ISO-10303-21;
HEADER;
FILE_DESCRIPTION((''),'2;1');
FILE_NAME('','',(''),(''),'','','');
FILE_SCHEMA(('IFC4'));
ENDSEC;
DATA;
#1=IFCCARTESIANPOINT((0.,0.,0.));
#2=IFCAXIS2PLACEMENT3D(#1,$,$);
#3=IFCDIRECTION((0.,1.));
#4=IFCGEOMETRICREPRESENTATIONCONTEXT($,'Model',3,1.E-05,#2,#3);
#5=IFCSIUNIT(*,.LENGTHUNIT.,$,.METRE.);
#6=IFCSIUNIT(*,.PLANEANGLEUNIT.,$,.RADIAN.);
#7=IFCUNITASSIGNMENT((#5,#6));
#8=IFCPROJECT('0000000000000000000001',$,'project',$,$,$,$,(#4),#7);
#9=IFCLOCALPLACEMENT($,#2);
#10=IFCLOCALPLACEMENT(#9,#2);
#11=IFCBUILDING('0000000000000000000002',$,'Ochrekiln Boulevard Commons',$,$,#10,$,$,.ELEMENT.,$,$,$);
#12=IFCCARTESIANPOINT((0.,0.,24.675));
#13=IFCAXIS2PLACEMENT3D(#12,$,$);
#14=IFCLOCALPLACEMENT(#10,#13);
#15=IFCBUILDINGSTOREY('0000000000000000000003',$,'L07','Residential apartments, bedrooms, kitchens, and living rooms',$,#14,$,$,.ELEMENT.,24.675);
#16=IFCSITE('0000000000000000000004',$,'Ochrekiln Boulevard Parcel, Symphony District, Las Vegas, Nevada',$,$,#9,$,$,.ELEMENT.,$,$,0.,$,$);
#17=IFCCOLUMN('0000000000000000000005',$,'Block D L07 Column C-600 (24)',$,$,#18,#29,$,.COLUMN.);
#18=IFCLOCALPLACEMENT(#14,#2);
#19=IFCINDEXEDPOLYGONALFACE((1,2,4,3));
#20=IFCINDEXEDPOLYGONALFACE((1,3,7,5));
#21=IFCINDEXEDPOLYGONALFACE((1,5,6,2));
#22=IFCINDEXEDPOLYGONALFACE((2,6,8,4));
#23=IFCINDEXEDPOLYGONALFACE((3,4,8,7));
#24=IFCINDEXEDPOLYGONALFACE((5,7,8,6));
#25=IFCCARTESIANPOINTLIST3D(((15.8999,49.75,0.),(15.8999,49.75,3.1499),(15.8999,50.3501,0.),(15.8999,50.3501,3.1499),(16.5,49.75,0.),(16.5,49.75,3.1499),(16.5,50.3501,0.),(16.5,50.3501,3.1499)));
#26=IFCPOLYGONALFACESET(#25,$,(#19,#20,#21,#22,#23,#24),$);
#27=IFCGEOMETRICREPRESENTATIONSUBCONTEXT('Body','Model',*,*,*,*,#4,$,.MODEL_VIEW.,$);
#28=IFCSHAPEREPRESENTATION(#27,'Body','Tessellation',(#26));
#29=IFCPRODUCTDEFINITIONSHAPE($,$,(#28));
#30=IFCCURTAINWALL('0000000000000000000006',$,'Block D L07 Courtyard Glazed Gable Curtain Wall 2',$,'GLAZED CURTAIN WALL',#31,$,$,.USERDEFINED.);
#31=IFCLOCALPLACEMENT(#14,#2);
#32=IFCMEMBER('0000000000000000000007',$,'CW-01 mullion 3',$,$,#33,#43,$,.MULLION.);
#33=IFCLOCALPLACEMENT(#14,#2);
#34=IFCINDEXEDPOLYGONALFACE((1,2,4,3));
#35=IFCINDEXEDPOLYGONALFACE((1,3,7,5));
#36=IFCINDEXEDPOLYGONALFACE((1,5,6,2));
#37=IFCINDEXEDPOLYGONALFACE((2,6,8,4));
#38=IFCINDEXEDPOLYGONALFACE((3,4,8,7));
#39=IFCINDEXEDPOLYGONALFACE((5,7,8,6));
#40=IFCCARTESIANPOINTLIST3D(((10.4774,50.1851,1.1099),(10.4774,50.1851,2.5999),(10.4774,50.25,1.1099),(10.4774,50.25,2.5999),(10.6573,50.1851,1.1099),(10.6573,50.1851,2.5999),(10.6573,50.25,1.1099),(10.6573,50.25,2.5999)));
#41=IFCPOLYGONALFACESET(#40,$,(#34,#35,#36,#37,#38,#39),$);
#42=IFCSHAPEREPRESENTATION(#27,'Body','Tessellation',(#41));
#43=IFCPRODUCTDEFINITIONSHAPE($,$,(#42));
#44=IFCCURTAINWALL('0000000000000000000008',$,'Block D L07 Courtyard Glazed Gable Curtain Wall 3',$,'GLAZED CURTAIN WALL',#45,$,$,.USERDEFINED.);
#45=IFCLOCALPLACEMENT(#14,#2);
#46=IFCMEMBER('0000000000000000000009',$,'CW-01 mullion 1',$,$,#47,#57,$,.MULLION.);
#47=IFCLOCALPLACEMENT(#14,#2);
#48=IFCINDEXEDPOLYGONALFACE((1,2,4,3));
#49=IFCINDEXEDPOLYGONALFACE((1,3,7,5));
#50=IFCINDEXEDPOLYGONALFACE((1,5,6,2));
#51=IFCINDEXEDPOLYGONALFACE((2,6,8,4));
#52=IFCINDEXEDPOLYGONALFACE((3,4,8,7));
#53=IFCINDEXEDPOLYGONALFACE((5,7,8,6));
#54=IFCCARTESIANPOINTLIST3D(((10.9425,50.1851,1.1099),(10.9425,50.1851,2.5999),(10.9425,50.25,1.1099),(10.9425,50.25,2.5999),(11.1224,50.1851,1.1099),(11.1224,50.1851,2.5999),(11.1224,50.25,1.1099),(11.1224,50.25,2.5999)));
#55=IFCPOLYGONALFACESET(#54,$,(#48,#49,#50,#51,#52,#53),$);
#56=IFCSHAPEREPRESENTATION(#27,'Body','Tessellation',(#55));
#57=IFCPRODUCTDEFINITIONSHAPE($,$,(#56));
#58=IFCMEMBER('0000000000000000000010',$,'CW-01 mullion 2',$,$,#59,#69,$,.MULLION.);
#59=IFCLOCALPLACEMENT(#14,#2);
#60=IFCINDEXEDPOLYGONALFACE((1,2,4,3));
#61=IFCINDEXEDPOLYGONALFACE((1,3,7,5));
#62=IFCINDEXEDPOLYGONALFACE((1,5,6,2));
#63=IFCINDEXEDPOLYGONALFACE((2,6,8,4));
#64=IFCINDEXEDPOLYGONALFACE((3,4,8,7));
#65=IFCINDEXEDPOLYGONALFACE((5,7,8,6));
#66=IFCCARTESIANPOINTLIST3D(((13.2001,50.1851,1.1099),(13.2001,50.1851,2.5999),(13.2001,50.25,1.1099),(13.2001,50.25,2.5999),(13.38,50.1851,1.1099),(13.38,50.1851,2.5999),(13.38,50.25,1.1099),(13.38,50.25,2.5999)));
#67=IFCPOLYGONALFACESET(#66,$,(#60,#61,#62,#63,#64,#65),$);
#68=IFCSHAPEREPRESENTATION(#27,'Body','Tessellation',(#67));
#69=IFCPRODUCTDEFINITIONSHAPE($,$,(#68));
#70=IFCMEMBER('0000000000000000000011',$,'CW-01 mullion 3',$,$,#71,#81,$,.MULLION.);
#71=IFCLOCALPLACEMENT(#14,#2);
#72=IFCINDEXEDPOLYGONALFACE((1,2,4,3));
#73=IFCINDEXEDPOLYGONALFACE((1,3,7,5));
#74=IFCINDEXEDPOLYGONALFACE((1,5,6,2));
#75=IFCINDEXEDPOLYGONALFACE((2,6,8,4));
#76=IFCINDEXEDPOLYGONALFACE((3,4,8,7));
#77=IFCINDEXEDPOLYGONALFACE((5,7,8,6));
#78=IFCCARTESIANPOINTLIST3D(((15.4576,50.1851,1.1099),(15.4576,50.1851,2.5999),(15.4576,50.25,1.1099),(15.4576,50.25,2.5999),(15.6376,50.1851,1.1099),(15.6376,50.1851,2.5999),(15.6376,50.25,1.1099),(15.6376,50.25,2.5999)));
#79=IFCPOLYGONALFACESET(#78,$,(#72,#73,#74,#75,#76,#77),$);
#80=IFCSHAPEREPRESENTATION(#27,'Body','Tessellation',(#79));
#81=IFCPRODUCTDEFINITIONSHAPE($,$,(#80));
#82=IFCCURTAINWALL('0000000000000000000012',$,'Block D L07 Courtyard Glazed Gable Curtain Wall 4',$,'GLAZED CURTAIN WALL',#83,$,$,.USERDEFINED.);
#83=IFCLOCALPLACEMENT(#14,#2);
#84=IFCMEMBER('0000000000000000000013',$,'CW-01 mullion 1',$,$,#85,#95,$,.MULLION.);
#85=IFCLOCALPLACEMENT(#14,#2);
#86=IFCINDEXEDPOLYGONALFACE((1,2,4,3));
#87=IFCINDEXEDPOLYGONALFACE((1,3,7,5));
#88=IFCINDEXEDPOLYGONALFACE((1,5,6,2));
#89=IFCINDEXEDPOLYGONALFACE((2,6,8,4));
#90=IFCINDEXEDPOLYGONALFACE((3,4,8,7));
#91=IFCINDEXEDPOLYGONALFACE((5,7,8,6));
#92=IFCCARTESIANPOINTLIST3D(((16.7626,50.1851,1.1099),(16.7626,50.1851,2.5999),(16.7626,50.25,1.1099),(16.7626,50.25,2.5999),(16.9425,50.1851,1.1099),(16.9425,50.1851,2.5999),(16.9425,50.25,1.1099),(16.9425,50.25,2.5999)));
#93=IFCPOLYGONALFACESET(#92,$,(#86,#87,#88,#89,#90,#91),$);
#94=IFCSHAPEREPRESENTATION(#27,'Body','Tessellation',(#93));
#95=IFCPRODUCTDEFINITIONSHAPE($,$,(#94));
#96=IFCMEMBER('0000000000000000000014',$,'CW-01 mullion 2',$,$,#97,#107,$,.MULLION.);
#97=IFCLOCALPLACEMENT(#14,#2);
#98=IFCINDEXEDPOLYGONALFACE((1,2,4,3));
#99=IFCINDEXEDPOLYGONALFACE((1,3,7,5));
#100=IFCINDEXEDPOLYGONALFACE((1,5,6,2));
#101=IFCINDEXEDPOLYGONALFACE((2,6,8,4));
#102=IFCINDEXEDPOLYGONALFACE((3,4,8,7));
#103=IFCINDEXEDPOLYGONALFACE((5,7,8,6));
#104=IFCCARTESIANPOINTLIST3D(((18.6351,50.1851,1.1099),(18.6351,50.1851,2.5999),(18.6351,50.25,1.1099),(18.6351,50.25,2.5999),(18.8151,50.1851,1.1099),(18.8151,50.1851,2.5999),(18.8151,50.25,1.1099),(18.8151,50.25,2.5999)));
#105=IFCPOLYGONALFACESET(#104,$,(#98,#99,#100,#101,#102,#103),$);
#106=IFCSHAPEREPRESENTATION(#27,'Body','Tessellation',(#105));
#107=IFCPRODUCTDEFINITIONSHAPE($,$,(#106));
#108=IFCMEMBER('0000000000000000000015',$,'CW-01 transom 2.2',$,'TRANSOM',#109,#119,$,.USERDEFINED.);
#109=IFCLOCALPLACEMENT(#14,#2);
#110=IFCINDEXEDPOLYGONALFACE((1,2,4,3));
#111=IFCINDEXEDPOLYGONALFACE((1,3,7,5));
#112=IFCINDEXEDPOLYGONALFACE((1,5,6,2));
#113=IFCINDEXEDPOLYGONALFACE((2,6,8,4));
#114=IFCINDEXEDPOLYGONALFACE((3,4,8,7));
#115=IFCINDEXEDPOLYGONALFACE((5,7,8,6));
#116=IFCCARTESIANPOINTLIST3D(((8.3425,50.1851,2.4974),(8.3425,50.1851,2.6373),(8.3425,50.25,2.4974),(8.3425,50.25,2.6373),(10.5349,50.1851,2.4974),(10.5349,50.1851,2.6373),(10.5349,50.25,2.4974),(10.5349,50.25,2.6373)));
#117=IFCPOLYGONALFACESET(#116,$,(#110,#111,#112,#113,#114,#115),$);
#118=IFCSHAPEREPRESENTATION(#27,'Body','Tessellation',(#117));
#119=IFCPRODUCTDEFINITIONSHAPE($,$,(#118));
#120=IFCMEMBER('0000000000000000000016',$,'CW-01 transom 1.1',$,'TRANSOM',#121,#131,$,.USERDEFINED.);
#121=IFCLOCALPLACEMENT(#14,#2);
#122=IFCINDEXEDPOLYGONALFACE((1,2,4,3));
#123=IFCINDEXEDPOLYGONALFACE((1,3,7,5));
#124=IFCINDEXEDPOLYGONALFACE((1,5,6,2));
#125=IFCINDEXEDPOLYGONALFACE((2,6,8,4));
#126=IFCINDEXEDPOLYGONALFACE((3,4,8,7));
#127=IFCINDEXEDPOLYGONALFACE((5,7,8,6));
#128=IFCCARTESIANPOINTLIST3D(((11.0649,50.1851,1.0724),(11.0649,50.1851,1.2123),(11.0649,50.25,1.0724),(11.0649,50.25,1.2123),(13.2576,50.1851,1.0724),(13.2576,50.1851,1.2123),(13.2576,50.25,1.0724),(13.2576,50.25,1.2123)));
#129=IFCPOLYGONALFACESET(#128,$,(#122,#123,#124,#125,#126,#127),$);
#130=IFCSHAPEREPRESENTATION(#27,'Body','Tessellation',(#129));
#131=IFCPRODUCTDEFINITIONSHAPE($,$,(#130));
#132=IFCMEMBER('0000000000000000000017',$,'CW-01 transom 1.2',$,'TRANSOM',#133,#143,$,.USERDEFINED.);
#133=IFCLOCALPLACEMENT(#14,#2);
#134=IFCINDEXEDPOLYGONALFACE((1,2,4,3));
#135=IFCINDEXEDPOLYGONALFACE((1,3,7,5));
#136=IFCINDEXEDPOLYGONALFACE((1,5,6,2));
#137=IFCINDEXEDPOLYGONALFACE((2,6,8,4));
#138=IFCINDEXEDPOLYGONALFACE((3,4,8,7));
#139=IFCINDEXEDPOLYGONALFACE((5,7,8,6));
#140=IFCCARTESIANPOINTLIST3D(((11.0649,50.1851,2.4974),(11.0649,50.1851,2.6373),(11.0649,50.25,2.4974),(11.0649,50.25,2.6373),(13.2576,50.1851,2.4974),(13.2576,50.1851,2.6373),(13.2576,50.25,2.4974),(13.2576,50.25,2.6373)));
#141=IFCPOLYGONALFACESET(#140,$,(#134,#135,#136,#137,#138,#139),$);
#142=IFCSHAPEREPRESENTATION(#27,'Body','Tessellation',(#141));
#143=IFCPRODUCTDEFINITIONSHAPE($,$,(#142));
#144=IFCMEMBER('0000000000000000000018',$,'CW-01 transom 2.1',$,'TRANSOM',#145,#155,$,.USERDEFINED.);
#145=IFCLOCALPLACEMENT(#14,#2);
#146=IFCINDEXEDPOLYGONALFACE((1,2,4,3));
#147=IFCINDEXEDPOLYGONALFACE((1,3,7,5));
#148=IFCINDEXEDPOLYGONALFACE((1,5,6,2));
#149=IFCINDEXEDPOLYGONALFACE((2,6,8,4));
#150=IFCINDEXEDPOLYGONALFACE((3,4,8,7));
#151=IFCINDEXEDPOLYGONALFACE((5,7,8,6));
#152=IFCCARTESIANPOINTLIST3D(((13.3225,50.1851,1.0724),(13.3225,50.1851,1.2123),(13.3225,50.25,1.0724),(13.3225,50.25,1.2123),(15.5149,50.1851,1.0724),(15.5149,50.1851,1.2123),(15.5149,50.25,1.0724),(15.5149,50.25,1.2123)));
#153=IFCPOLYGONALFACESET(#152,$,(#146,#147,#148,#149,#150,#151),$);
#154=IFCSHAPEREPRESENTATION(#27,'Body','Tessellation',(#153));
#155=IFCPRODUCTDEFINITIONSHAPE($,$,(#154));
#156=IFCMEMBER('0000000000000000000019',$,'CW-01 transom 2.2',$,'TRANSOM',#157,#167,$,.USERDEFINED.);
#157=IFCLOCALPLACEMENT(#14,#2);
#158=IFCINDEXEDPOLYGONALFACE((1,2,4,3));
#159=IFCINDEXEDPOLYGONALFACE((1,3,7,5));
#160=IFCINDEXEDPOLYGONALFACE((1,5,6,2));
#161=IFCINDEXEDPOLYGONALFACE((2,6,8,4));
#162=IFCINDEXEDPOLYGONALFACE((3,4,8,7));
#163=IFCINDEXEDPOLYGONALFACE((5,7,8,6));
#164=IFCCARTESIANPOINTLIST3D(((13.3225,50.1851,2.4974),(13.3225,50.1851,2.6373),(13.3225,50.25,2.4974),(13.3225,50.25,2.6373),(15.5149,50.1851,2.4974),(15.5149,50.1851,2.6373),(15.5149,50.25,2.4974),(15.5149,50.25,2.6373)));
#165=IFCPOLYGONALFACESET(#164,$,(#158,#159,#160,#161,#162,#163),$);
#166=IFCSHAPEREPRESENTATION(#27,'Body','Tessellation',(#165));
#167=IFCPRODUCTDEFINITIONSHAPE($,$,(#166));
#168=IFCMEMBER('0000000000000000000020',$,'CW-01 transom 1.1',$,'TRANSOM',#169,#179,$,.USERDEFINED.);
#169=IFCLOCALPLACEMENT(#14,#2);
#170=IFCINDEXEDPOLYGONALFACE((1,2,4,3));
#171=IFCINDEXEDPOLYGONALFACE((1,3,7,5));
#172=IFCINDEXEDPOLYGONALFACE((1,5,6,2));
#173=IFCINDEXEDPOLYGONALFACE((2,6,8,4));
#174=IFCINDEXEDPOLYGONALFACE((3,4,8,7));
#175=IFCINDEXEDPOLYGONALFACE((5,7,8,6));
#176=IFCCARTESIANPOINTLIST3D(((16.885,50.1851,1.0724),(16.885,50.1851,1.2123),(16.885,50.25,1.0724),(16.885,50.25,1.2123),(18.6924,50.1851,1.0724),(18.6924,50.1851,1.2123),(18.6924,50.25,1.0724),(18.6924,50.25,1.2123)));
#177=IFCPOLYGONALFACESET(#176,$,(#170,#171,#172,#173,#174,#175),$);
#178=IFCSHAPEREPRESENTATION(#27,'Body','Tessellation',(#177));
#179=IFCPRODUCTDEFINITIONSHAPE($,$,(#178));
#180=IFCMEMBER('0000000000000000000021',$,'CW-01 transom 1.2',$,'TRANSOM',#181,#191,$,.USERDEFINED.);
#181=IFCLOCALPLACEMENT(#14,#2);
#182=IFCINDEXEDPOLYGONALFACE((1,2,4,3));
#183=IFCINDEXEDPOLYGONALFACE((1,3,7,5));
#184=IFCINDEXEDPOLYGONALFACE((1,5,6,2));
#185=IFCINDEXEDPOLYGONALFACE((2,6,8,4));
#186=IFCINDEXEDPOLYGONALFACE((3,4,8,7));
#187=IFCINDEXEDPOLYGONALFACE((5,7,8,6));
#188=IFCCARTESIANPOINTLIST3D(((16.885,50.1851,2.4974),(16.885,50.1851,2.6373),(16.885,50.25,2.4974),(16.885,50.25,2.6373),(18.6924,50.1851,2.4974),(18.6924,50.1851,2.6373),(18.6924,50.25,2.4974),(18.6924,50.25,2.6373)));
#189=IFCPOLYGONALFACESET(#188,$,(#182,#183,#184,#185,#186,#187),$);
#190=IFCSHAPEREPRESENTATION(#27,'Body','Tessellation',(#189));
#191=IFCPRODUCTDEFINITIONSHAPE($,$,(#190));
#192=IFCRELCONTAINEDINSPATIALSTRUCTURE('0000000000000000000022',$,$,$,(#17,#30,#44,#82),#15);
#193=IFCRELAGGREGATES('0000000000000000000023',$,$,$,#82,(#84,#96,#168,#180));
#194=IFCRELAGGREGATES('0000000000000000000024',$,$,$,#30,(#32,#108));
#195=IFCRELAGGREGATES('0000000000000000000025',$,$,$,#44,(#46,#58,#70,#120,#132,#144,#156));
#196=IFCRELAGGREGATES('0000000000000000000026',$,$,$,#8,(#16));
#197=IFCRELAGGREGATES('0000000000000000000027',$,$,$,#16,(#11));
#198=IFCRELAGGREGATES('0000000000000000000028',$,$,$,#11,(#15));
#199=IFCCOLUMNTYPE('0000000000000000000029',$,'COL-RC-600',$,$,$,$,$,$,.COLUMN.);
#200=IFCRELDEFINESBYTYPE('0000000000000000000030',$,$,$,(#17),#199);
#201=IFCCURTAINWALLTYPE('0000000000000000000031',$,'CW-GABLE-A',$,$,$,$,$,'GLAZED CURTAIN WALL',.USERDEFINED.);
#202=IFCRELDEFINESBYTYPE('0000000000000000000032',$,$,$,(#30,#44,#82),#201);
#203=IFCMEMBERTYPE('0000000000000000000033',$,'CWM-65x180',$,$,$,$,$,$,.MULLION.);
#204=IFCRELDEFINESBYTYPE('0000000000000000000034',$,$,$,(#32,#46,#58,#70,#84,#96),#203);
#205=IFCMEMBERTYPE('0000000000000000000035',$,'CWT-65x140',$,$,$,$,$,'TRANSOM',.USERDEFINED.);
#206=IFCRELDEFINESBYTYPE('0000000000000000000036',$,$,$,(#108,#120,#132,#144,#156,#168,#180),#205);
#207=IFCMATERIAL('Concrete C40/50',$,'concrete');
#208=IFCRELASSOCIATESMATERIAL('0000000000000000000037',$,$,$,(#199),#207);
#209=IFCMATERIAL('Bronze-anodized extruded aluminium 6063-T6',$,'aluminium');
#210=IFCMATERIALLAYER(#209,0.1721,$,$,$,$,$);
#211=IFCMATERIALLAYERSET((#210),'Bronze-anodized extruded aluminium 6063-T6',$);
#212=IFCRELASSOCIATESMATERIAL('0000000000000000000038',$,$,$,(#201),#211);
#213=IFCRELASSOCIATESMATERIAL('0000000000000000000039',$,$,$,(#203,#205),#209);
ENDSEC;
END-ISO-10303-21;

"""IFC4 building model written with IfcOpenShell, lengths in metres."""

from ifc_helpers import new_model, si_unit, direction, frame, origin, origin_2d, place, context, subcontext, project, spatial, rectangle, extrude, material, layer, layer_set, material_profile, profile_set, type_object, element, aggregate, save


model = new_model("IFC4")

# Units and contexts
model_context = context("Model", 3, precision=1e-05, world=origin(), true_north=direction((0.0, 1.0)))
body_context = subcontext(model_context, "Body", "Model", "MODEL_VIEW")
ifc_project = project(units=[si_unit("LENGTHUNIT", "METRE"), si_unit("PLANEANGLEUNIT", "RADIAN")], contexts=[model_context])

# Site, building, storey
site_placement = place(None, origin())
site = spatial("IfcSite", under=ifc_project, at=site_placement, Name="Ochrekiln Boulevard Parcel, Symphony District, Las Vegas, Nevada", CompositionType="ELEMENT", RefElevation=0.0)
building_placement = place(site_placement, origin())
building = spatial("IfcBuilding", under=site, at=building_placement, Name="Ochrekiln Boulevard Commons", CompositionType="ELEMENT")
storey_placement = place(building_placement, frame((0.0, 0.0, 24.675)))
storey = spatial("IfcBuildingStorey", under=building, at=storey_placement, Name="L07", Description="Residential apartments, bedrooms, kitchens, and living rooms", CompositionType="ELEMENT", Elevation=24.675)

# Column
ifc_material_1 = material(Name="Concrete C40/50", Category="concrete")
ifc_material_profile_1 = material_profile(ifc_material_1, rectangle(XDim=0.6001, YDim=0.6001, at=origin_2d()), Name="RC-COL-600x600")
ifc_profile_set_1 = profile_set([ifc_material_profile_1], Name="Concrete C40/50")
column_type = type_object("IfcColumnType", Name="COL-RC-600", PredefinedType="COLUMN", material=ifc_profile_set_1)
column_placement = place(storey_placement, frame((16.2, 50.05, 0.0), z_axis=(0.0, 0.0, 1.0), x_axis=(1.0, 0.0, 0.0)))
element("IfcColumn", 1, at=column_placement, inside=storey, type_object=column_type, Name="Block D L07 Column C-600 (24)", PredefinedType="COLUMN", context=body_context, shape_type="SweptSolid", body=[
    extrude(rectangle(XDim=0.6001, YDim=0.6001, at=origin_2d()), origin(), (0.0, 0.0, 1.0), 3.1499),
])

# Curtain wall, member
ifc_material_2 = material(Name="Bronze-anodized extruded aluminium 6063-T6", Category="aluminium")
ifc_layer_1 = layer(ifc_material_2, 0.1721)
ifc_layer_set_1 = layer_set([ifc_layer_1], Name="Bronze-anodized extruded aluminium 6063-T6")
curtain_wall_type = type_object("IfcCurtainWallType", Name="CW-GABLE-A", ElementType="GLAZED CURTAIN WALL", PredefinedType="USERDEFINED", material=ifc_layer_set_1)
curtain_wall_1_placement = place(storey_placement, origin())
curtain_wall_1 = element("IfcCurtainWall", 2, at=curtain_wall_1_placement, inside=storey, type_object=curtain_wall_type, Name="Block D L07 Courtyard Glazed Gable Curtain Wall 2", ObjectType="GLAZED CURTAIN WALL", PredefinedType="USERDEFINED")
ifc_material_profile_2 = material_profile(ifc_material_2, rectangle(XDim=0.0649, YDim=0.1799, at=origin_2d()), Name="ALU-MUL-65x180")
ifc_profile_set_2 = profile_set([ifc_material_profile_2], Name="Bronze-anodized extruded aluminium 6063-T6")
member_type_1 = type_object("IfcMemberType", Name="CWM-65x180", PredefinedType="MULLION", material=ifc_profile_set_2)
member_1_placement = place(storey_placement, frame((10.5674, 50.2175, 1.1099), z_axis=(0.0, 0.0, 1.0), x_axis=(0.0, 1.0, 0.0)))
member_1 = element("IfcMember", 3, at=member_1_placement, type_object=member_type_1, Name="CW-01 mullion 3", PredefinedType="MULLION", context=body_context, shape_type="SweptSolid", body=[
    extrude(rectangle(XDim=0.0649, YDim=0.1799, at=origin_2d()), origin(), (0.0, 0.0, 1.0), 1.49),
])

# Curtain walls, members
curtain_wall_2_placement = place(storey_placement, origin())
curtain_wall_2 = element("IfcCurtainWall", 4, at=curtain_wall_2_placement, inside=storey, type_object=curtain_wall_type, Name="Block D L07 Courtyard Glazed Gable Curtain Wall 3", ObjectType="GLAZED CURTAIN WALL", PredefinedType="USERDEFINED")
member_2_placement = place(storey_placement, frame((11.0325, 50.2175, 1.1099), z_axis=(0.0, 0.0, 1.0), x_axis=(0.0, 1.0, 0.0)))
member_2 = element("IfcMember", 5, at=member_2_placement, type_object=member_type_1, Name="CW-01 mullion 1", PredefinedType="MULLION", context=body_context, shape_type="SweptSolid", body=[
    extrude(rectangle(XDim=0.0649, YDim=0.1799, at=origin_2d()), origin(), (0.0, 0.0, 1.0), 1.49),
])
member_3_placement = place(storey_placement, frame((13.29, 50.2175, 1.1099), z_axis=(0.0, 0.0, 1.0), x_axis=(0.0, 1.0, 0.0)))
member_3 = element("IfcMember", 6, at=member_3_placement, type_object=member_type_1, Name="CW-01 mullion 2", PredefinedType="MULLION", context=body_context, shape_type="SweptSolid", body=[
    extrude(rectangle(XDim=0.0649, YDim=0.1799, at=origin_2d()), origin(), (0.0, 0.0, 1.0), 1.49),
])
member_4_placement = place(storey_placement, frame((15.5476, 50.2175, 1.1099), z_axis=(0.0, 0.0, 1.0), x_axis=(0.0, 1.0, 0.0)))
member_4 = element("IfcMember", 7, at=member_4_placement, type_object=member_type_1, Name="CW-01 mullion 3", PredefinedType="MULLION", context=body_context, shape_type="SweptSolid", body=[
    extrude(rectangle(XDim=0.0649, YDim=0.1799, at=origin_2d()), origin(), (0.0, 0.0, 1.0), 1.49),
])
curtain_wall_3_placement = place(storey_placement, origin())
curtain_wall_3 = element("IfcCurtainWall", 8, at=curtain_wall_3_placement, inside=storey, type_object=curtain_wall_type, Name="Block D L07 Courtyard Glazed Gable Curtain Wall 4", ObjectType="GLAZED CURTAIN WALL", PredefinedType="USERDEFINED")
member_5_placement = place(storey_placement, frame((16.8525, 50.2175, 1.1099), z_axis=(0.0, 0.0, 1.0), x_axis=(0.0, 1.0, 0.0)))
member_5 = element("IfcMember", 9, at=member_5_placement, type_object=member_type_1, Name="CW-01 mullion 1", PredefinedType="MULLION", context=body_context, shape_type="SweptSolid", body=[
    extrude(rectangle(XDim=0.0649, YDim=0.1799, at=origin_2d()), origin(), (0.0, 0.0, 1.0), 1.49),
])
member_6_placement = place(storey_placement, frame((18.7251, 50.2175, 1.1099), z_axis=(0.0, 0.0, 1.0), x_axis=(0.0, 1.0, 0.0)))
member_6 = element("IfcMember", 10, at=member_6_placement, type_object=member_type_1, Name="CW-01 mullion 2", PredefinedType="MULLION", context=body_context, shape_type="SweptSolid", body=[
    extrude(rectangle(XDim=0.0649, YDim=0.1799, at=origin_2d()), origin(), (0.0, 0.0, 1.0), 1.49),
])

# Members
ifc_material_profile_3 = material_profile(ifc_material_2, rectangle(XDim=0.0649, YDim=0.1399, at=origin_2d()), Name="ALU-TRN-65x140")
ifc_profile_set_3 = profile_set([ifc_material_profile_3], Name="Bronze-anodized extruded aluminium 6063-T6")
member_type_2 = type_object("IfcMemberType", Name="CWT-65x140", ElementType="TRANSOM", PredefinedType="USERDEFINED", material=ifc_profile_set_3)
member_7_placement = place(storey_placement, frame((8.3425, 50.2175, 2.5674), z_axis=(1.0, 0.0, 0.0), x_axis=(0.0, 1.0, 0.0)))
member_7 = element("IfcMember", 11, at=member_7_placement, type_object=member_type_2, Name="CW-01 transom 2.2", ObjectType="TRANSOM", PredefinedType="USERDEFINED", context=body_context, shape_type="SweptSolid", body=[
    extrude(rectangle(XDim=0.0649, YDim=0.1399, at=origin_2d()), origin(), (0.0, 0.0, 1.0), 2.1924),
])
member_8_placement = place(storey_placement, frame((11.0649, 50.2175, 1.1423), z_axis=(1.0, 0.0, 0.0), x_axis=(0.0, 1.0, 0.0)))
member_8 = element("IfcMember", 12, at=member_8_placement, type_object=member_type_2, Name="CW-01 transom 1.1", ObjectType="TRANSOM", PredefinedType="USERDEFINED", context=body_context, shape_type="SweptSolid", body=[
    extrude(rectangle(XDim=0.0649, YDim=0.1399, at=origin_2d()), origin(), (0.0, 0.0, 1.0), 2.1926),
])
member_9_placement = place(storey_placement, frame((11.0649, 50.2175, 2.5674), z_axis=(1.0, 0.0, 0.0), x_axis=(0.0, 1.0, 0.0)))
member_9 = element("IfcMember", 13, at=member_9_placement, type_object=member_type_2, Name="CW-01 transom 1.2", ObjectType="TRANSOM", PredefinedType="USERDEFINED", context=body_context, shape_type="SweptSolid", body=[
    extrude(rectangle(XDim=0.0649, YDim=0.1399, at=origin_2d()), origin(), (0.0, 0.0, 1.0), 2.1926),
])
member_10_placement = place(storey_placement, frame((13.3225, 50.2175, 1.1423), z_axis=(1.0, 0.0, 0.0), x_axis=(0.0, 1.0, 0.0)))
member_10 = element("IfcMember", 14, at=member_10_placement, type_object=member_type_2, Name="CW-01 transom 2.1", ObjectType="TRANSOM", PredefinedType="USERDEFINED", context=body_context, shape_type="SweptSolid", body=[
    extrude(rectangle(XDim=0.0649, YDim=0.1399, at=origin_2d()), origin(), (0.0, 0.0, 1.0), 2.1924),
])
member_11_placement = place(storey_placement, frame((13.3225, 50.2175, 2.5674), z_axis=(1.0, 0.0, 0.0), x_axis=(0.0, 1.0, 0.0)))
member_11 = element("IfcMember", 15, at=member_11_placement, type_object=member_type_2, Name="CW-01 transom 2.2", ObjectType="TRANSOM", PredefinedType="USERDEFINED", context=body_context, shape_type="SweptSolid", body=[
    extrude(rectangle(XDim=0.0649, YDim=0.1399, at=origin_2d()), origin(), (0.0, 0.0, 1.0), 2.1924),
])
member_12_placement = place(storey_placement, frame((16.885, 50.2175, 1.1423), z_axis=(1.0, 0.0, 0.0), x_axis=(0.0, 1.0, 0.0)))
member_12 = element("IfcMember", 16, at=member_12_placement, type_object=member_type_2, Name="CW-01 transom 1.1", ObjectType="TRANSOM", PredefinedType="USERDEFINED", context=body_context, shape_type="SweptSolid", body=[
    extrude(rectangle(XDim=0.0649, YDim=0.1399, at=origin_2d()), origin(), (0.0, 0.0, 1.0), 1.8074),
])
member_13_placement = place(storey_placement, frame((16.885, 50.2175, 2.5674), z_axis=(1.0, 0.0, 0.0), x_axis=(0.0, 1.0, 0.0)))
member_13 = element("IfcMember", 17, at=member_13_placement, type_object=member_type_2, Name="CW-01 transom 1.2", ObjectType="TRANSOM", PredefinedType="USERDEFINED", context=body_context, shape_type="SweptSolid", body=[
    extrude(rectangle(XDim=0.0649, YDim=0.1399, at=origin_2d()), origin(), (0.0, 0.0, 1.0), 1.8074),
])

aggregate(curtain_wall_3, [member_5, member_6, member_12, member_13])
aggregate(curtain_wall_1, [member_1, member_7])
aggregate(curtain_wall_2, [member_2, member_3, member_4, member_8, member_9, member_10, member_11])

save(model, "model.ifc")
